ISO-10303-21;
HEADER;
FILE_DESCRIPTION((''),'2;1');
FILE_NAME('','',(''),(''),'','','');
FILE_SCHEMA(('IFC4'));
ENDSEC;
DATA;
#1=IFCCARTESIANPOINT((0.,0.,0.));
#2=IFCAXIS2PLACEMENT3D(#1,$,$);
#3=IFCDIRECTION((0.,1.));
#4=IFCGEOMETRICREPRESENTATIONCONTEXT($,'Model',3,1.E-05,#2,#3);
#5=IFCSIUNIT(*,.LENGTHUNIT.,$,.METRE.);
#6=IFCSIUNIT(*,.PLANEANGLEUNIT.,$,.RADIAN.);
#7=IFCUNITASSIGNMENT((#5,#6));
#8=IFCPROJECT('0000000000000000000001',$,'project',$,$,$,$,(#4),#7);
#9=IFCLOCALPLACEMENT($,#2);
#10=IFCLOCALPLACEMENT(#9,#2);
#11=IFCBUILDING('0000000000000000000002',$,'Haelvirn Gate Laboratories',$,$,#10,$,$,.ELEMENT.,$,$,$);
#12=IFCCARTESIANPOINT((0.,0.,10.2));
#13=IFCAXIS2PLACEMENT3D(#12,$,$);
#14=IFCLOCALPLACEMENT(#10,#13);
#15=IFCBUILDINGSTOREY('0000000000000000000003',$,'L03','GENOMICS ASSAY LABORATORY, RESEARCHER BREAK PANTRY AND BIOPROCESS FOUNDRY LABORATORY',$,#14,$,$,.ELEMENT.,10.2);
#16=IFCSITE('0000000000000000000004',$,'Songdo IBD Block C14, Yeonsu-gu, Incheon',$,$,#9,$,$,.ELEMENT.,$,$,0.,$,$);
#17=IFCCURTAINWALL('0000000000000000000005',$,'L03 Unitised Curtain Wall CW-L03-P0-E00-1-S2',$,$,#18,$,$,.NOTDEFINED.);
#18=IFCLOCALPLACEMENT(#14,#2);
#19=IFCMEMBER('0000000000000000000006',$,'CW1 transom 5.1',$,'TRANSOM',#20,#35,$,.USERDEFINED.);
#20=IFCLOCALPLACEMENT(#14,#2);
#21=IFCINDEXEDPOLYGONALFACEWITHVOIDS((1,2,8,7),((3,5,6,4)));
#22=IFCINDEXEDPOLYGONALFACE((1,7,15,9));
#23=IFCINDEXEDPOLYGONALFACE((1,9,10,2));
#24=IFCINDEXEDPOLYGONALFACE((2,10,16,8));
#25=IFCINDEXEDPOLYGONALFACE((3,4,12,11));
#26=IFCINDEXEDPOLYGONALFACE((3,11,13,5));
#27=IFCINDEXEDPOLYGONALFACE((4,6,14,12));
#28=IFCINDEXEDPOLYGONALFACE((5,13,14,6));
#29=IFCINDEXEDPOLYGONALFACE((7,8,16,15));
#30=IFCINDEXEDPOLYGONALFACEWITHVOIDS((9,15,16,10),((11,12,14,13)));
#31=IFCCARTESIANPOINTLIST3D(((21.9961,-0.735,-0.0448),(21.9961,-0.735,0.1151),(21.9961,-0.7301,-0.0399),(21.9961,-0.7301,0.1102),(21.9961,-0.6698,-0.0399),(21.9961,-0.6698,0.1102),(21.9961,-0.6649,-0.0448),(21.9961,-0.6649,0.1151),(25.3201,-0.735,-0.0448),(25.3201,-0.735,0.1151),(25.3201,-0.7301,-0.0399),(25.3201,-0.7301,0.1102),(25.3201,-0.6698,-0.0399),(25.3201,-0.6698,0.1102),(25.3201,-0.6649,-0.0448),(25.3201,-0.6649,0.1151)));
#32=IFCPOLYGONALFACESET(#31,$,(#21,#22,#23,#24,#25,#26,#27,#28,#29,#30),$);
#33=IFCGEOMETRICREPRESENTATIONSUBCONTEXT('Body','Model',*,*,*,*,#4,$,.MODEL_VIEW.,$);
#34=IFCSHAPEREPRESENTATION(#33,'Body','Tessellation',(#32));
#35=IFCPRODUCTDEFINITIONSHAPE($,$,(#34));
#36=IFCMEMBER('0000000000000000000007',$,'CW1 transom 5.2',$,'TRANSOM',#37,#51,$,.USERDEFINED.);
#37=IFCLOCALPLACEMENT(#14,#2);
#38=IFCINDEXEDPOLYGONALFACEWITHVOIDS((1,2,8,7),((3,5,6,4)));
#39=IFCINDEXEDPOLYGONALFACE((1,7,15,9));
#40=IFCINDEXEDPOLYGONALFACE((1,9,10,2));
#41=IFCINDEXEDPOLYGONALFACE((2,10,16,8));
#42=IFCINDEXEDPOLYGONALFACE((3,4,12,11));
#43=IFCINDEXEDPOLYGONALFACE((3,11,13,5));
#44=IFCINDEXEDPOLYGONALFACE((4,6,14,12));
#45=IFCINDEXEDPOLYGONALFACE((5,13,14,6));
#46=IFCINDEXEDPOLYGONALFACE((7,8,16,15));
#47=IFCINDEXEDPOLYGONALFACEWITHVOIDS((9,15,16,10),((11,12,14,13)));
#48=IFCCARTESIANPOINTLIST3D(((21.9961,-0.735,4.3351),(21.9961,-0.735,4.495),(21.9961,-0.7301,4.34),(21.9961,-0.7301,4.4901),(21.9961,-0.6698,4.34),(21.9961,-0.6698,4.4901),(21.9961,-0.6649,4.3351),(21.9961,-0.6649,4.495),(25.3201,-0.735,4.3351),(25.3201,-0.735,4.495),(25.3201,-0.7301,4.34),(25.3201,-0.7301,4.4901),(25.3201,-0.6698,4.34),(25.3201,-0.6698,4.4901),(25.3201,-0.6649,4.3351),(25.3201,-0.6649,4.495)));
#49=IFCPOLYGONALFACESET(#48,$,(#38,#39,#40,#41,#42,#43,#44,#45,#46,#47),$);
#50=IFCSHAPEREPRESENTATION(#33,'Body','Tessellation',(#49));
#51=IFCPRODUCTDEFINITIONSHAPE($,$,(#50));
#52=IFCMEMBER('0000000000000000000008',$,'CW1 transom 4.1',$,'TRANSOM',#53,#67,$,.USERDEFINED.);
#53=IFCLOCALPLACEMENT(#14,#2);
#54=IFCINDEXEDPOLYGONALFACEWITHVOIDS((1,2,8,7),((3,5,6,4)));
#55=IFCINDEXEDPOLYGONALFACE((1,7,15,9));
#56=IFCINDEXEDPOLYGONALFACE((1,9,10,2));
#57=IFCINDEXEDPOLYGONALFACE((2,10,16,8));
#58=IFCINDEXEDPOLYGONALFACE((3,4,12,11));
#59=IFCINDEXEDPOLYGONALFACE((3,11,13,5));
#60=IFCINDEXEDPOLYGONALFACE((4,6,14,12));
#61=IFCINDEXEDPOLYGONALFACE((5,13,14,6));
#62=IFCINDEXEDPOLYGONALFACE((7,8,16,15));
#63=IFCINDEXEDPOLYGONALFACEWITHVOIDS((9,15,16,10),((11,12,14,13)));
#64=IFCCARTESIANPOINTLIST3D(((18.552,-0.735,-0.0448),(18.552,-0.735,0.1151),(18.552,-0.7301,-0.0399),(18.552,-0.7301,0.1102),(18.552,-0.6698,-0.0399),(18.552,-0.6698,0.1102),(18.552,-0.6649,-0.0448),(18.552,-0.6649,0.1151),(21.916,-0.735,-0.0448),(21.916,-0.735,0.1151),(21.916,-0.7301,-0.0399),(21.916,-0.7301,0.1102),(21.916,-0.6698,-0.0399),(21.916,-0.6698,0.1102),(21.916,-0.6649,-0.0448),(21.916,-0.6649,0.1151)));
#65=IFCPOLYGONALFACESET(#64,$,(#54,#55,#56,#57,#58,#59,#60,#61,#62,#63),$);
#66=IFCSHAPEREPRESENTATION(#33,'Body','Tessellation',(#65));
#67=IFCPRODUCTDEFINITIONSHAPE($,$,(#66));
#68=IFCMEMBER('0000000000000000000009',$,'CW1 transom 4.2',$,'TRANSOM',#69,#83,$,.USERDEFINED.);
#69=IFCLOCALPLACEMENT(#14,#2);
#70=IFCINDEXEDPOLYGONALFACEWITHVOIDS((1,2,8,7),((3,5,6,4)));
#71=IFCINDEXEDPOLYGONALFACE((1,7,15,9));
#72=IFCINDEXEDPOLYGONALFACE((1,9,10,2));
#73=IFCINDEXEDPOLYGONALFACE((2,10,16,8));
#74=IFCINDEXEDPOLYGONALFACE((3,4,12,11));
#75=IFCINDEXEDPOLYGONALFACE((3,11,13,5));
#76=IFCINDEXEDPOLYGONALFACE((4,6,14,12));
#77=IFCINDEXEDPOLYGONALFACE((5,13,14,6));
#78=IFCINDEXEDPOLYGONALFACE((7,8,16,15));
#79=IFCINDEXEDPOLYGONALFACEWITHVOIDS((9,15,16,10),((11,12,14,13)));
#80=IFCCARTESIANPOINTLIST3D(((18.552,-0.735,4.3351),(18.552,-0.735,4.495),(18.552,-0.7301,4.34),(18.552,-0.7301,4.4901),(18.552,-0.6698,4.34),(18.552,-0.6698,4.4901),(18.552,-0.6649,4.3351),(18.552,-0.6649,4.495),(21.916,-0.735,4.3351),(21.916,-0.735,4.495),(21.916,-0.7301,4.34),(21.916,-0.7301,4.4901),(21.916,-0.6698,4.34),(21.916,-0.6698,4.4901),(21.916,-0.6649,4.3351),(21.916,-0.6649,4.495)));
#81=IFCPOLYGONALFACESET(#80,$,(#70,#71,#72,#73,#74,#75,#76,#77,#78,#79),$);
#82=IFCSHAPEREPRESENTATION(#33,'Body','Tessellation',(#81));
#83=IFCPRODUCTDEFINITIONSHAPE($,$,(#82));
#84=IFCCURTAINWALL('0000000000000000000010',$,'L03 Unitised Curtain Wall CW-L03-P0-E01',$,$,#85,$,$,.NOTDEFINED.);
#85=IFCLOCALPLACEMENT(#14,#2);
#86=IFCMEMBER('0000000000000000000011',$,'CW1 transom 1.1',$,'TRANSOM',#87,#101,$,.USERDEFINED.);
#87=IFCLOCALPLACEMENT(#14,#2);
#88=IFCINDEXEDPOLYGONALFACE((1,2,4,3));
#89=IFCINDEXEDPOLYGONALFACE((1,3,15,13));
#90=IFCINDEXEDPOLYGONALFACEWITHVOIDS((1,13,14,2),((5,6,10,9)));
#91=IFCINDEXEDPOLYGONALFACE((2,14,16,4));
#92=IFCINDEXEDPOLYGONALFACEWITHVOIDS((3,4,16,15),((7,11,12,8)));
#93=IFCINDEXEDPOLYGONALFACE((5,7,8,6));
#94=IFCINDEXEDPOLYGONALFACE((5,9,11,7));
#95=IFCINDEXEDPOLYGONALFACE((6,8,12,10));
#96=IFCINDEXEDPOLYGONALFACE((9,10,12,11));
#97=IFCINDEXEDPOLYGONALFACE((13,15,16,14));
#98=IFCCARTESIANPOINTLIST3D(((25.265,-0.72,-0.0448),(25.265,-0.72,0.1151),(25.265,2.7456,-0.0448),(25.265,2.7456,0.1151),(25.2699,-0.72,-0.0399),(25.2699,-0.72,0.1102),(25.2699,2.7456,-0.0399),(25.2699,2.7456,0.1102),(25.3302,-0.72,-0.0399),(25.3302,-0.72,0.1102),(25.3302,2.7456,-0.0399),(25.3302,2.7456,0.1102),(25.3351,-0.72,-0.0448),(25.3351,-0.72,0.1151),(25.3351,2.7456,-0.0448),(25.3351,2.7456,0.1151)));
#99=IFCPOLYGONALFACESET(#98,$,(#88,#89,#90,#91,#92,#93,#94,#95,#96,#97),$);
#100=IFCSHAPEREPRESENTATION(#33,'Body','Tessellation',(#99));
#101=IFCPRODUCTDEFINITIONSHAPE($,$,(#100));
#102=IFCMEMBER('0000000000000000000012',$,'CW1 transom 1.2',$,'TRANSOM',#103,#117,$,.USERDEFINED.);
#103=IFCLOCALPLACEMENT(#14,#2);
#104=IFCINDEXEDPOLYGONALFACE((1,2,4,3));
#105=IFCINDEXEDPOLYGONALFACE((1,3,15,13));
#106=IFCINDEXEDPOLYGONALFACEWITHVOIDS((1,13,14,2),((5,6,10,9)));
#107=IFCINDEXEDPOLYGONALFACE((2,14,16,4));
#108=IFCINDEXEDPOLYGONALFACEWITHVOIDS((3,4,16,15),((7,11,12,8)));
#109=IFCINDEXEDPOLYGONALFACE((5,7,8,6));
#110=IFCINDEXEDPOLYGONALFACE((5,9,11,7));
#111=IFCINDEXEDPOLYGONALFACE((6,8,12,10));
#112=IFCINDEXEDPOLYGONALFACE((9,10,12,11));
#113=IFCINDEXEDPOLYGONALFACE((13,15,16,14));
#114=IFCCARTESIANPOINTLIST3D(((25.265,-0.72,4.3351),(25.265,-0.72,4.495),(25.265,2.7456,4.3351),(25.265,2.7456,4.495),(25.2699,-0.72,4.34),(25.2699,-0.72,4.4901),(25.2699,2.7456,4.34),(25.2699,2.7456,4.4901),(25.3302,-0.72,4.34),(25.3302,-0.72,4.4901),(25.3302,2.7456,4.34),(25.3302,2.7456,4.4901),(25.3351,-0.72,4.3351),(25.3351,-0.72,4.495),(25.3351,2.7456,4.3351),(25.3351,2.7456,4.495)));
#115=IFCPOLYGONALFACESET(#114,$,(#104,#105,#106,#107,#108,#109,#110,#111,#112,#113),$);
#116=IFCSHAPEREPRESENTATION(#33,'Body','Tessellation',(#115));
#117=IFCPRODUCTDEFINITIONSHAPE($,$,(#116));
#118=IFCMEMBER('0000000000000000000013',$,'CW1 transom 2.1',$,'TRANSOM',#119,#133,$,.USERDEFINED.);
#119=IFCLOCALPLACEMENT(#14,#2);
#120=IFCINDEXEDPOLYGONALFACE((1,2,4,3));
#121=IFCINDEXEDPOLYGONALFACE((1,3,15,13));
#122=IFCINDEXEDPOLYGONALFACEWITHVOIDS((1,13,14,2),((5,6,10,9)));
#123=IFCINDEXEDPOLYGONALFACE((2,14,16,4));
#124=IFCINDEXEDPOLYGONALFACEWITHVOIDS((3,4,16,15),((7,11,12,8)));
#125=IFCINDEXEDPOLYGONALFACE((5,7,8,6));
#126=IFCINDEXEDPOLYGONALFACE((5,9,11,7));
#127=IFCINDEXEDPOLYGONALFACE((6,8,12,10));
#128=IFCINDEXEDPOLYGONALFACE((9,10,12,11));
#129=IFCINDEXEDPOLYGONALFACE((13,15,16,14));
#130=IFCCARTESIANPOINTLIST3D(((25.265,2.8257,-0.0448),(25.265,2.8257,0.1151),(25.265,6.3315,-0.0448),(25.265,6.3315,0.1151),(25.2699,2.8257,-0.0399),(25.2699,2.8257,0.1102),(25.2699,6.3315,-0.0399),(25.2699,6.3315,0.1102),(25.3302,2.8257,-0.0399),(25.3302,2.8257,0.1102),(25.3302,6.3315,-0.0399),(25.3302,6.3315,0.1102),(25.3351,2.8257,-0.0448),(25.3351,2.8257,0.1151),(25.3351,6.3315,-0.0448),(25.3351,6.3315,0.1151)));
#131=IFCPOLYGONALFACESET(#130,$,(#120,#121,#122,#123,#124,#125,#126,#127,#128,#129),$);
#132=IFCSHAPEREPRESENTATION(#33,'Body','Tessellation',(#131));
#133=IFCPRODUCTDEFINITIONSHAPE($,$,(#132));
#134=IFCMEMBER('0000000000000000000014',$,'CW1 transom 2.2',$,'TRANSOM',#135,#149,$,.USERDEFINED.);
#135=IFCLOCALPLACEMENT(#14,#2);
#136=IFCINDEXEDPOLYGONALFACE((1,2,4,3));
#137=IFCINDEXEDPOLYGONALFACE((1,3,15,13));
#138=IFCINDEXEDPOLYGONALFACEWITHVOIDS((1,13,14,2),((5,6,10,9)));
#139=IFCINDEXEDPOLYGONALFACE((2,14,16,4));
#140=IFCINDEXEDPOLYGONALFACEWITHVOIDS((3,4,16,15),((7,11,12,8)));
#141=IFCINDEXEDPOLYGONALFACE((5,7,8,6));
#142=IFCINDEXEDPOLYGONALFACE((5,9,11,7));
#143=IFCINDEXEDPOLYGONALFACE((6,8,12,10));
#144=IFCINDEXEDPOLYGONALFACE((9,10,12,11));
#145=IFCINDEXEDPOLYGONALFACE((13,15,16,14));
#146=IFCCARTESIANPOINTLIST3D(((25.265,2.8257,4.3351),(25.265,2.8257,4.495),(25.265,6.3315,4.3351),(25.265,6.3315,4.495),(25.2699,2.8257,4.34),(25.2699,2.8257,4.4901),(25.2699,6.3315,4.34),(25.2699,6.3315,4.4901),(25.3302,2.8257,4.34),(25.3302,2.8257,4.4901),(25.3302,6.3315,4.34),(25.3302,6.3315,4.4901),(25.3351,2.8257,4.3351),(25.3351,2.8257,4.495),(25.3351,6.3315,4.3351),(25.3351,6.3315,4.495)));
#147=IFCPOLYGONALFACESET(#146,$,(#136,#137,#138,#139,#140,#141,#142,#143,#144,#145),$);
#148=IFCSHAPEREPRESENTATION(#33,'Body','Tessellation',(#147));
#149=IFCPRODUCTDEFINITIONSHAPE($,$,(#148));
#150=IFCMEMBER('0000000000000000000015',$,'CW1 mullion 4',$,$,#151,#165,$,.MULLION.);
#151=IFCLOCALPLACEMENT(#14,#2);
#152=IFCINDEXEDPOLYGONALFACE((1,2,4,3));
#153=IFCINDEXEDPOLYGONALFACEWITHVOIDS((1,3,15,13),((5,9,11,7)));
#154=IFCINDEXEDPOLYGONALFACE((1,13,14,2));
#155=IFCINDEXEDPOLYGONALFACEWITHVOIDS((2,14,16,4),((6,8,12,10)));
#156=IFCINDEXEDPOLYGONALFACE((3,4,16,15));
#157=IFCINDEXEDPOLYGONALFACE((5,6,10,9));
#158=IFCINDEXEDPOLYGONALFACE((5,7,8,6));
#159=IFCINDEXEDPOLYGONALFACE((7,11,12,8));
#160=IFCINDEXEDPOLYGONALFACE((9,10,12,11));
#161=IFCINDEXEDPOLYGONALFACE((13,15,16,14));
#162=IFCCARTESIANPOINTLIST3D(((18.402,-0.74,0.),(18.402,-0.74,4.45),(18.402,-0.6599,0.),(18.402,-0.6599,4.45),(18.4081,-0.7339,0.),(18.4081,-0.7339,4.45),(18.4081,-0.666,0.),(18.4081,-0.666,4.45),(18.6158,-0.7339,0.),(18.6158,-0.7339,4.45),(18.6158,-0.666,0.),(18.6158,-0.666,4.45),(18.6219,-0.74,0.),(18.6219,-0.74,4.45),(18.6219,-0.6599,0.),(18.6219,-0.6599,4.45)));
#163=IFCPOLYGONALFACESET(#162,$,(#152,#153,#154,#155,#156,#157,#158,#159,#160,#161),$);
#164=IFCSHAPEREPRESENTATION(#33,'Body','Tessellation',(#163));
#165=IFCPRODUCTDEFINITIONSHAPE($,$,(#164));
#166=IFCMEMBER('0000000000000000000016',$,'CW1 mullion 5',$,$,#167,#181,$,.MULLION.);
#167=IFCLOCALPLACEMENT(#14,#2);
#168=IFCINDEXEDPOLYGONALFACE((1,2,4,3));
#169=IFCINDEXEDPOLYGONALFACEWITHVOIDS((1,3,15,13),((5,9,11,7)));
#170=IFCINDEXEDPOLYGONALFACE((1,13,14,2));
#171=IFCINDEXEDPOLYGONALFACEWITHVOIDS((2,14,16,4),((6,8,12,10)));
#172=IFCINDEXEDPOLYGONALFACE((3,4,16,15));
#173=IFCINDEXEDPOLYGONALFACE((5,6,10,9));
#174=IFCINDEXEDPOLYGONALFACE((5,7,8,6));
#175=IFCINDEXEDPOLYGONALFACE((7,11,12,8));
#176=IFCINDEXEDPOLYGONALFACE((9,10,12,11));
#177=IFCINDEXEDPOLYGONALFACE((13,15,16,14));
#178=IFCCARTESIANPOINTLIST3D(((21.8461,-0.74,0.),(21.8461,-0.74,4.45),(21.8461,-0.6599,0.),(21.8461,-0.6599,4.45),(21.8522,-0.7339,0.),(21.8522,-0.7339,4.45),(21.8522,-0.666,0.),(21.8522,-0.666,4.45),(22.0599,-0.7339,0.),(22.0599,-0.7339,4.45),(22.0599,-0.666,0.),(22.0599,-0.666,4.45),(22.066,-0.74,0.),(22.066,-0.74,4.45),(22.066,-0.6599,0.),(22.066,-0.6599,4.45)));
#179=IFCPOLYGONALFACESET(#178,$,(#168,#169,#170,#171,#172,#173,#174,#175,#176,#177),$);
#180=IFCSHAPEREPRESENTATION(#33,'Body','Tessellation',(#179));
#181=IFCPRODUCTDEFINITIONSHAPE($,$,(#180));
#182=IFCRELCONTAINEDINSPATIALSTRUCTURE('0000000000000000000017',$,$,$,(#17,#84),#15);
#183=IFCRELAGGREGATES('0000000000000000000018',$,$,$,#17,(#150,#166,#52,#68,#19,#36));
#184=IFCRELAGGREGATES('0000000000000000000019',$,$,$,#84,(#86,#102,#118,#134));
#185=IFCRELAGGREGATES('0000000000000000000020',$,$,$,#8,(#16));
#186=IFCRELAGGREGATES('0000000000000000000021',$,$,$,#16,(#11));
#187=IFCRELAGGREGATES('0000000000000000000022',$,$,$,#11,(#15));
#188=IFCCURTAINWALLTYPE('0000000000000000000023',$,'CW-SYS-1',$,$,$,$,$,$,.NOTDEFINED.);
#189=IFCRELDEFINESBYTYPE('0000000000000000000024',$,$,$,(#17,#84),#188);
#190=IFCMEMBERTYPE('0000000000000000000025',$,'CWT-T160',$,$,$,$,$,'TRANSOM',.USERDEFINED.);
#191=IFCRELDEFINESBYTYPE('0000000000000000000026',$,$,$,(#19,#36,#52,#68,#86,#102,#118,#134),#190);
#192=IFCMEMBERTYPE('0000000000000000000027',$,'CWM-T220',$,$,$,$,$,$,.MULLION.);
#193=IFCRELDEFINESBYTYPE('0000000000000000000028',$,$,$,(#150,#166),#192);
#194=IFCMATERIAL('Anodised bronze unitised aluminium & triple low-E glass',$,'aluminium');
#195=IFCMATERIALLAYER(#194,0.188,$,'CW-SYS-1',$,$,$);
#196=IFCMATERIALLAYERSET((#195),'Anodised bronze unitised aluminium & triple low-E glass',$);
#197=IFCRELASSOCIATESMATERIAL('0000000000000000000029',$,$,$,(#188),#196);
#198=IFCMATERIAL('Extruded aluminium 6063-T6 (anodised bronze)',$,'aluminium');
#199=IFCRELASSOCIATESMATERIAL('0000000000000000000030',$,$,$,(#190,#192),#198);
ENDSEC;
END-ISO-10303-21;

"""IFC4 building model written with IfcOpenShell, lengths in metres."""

from ifc_helpers import new_model, si_unit, direction, frame, origin, origin_2d, place, context, subcontext, project, spatial, hollow_rectangle, extrude, source, transform, mapped, material, layer, layer_set, material_profile, profile_set, type_object, type_shapes, element, aggregate, save


model = new_model("IFC4")

# Units and contexts
model_context = context("Model", 3, precision=1e-05, world=origin(), true_north=direction((0.0, 1.0)))
body_context = subcontext(model_context, "Body", "Model", "MODEL_VIEW")
ifc_project = project(units=[si_unit("LENGTHUNIT", "METRE"), si_unit("PLANEANGLEUNIT", "RADIAN")], contexts=[model_context])

# Site, building, storey
site_placement = place(None, origin())
site = spatial("IfcSite", under=ifc_project, at=site_placement, Name="Songdo IBD Block C14, Yeonsu-gu, Incheon", CompositionType="ELEMENT", RefElevation=0.0)
building_placement = place(site_placement, origin())
building = spatial("IfcBuilding", under=site, at=building_placement, Name="Haelvirn Gate Laboratories", CompositionType="ELEMENT")
storey_placement = place(building_placement, frame((0.0, 0.0, 10.2)))
storey = spatial("IfcBuildingStorey", under=building, at=storey_placement, Name="L03", Description="GENOMICS ASSAY LABORATORY, RESEARCHER BREAK PANTRY AND BIOPROCESS FOUNDRY LABORATORY", CompositionType="ELEMENT", Elevation=10.2)

# Curtain walls, members
ifc_material_1 = material(Name="Anodised bronze unitised aluminium & triple low-E glass", Category="aluminium")
ifc_layer_1 = layer(ifc_material_1, 0.188, Name="CW-SYS-1")
ifc_layer_set_1 = layer_set([ifc_layer_1], Name="Anodised bronze unitised aluminium & triple low-E glass")
curtain_wall_type = type_object("IfcCurtainWallType", Name="CW-SYS-1", PredefinedType="NOTDEFINED", material=ifc_layer_set_1)
curtain_wall_1_placement = place(storey_placement, origin())
curtain_wall_1 = element("IfcCurtainWall", 1, at=curtain_wall_1_placement, inside=storey, type_object=curtain_wall_type, Name="L03 Unitised Curtain Wall CW-L03-P0-E00-1-S2", PredefinedType="NOTDEFINED")
ifc_material_2 = material(Name="Extruded aluminium 6063-T6 (anodised bronze)", Category="aluminium")
ifc_material_profile_1 = material_profile(ifc_material_2, hollow_rectangle(XDim=0.0701, YDim=0.1599, WallThickness=0.0049, at=origin_2d()), Name="CWT-160x70x5")
ifc_profile_set_1 = profile_set([ifc_material_profile_1], Name="Extruded aluminium 6063-T6 (anodised bronze)")
member_type_1 = type_object("IfcMemberType", Name="CWT-T160", ElementType="TRANSOM", PredefinedType="USERDEFINED", material=ifc_profile_set_1)
shared_shape_1 = source(origin(), body_context, "Body", "SweptSolid", [
    extrude(hollow_rectangle(XDim=0.0701, YDim=0.1599, WallThickness=0.0049, at=origin_2d()), origin(), (0.0, 0.0, 1.0), 3.324),
])
member_1_placement = place(storey_placement, frame((21.9961, -0.7, 0.0352), z_axis=(1.0, 0.0, 0.0), x_axis=(0.0, 1.0, 0.0)))
member_1 = element("IfcMember", 2, at=member_1_placement, type_object=member_type_1, Name="CW1 transom 5.1", ObjectType="TRANSOM", PredefinedType="USERDEFINED", context=body_context, shape_type="MappedRepresentation", body=[
    mapped(shared_shape_1, transform((0.0, 0.0, 0.0), scale=1.0)),
])
member_2_placement = place(storey_placement, frame((21.9961, -0.7, 4.415), z_axis=(1.0, 0.0, 0.0), x_axis=(0.0, 1.0, 0.0)))
member_2 = element("IfcMember", 3, at=member_2_placement, type_object=member_type_1, Name="CW1 transom 5.2", ObjectType="TRANSOM", PredefinedType="USERDEFINED", context=body_context, shape_type="MappedRepresentation", body=[
    mapped(shared_shape_1, transform((0.0, 0.0, 0.0), scale=1.0)),
])
shared_shape_2 = source(origin(), body_context, "Body", "SweptSolid", [
    extrude(hollow_rectangle(XDim=0.0701, YDim=0.1599, WallThickness=0.0049, at=origin_2d()), origin(), (0.0, 0.0, 1.0), 3.364),
])
member_3_placement = place(storey_placement, frame((18.552, -0.7, 0.0352), z_axis=(1.0, 0.0, 0.0), x_axis=(0.0, 1.0, 0.0)))
member_3 = element("IfcMember", 4, at=member_3_placement, type_object=member_type_1, Name="CW1 transom 4.1", ObjectType="TRANSOM", PredefinedType="USERDEFINED", context=body_context, shape_type="MappedRepresentation", body=[
    mapped(shared_shape_2, transform((0.0, 0.0, 0.0), scale=1.0)),
])
member_4_placement = place(storey_placement, frame((18.552, -0.7, 4.415), z_axis=(1.0, 0.0, 0.0), x_axis=(0.0, 1.0, 0.0)))
member_4 = element("IfcMember", 5, at=member_4_placement, type_object=member_type_1, Name="CW1 transom 4.2", ObjectType="TRANSOM", PredefinedType="USERDEFINED", context=body_context, shape_type="MappedRepresentation", body=[
    mapped(shared_shape_2, transform((0.0, 0.0, 0.0), scale=1.0)),
])
curtain_wall_2_placement = place(storey_placement, origin())
curtain_wall_2 = element("IfcCurtainWall", 6, at=curtain_wall_2_placement, inside=storey, type_object=curtain_wall_type, Name="L03 Unitised Curtain Wall CW-L03-P0-E01", PredefinedType="NOTDEFINED")
shared_shape_3 = source(origin(), body_context, "Body", "SweptSolid", [
    extrude(hollow_rectangle(XDim=0.0701, YDim=0.1599, WallThickness=0.0049, at=origin_2d()), origin(), (0.0, 0.0, 1.0), 3.4656),
])
member_5_placement = place(storey_placement, frame((25.3, -0.72, 0.0352), z_axis=(0.0, 1.0, 0.0), x_axis=(-1.0, 0.0, 0.0)))
member_5 = element("IfcMember", 7, at=member_5_placement, type_object=member_type_1, Name="CW1 transom 1.1", ObjectType="TRANSOM", PredefinedType="USERDEFINED", context=body_context, shape_type="MappedRepresentation", body=[
    mapped(shared_shape_3, transform((0.0, 0.0, 0.0), scale=1.0)),
])
member_6_placement = place(storey_placement, frame((25.3, -0.72, 4.415), z_axis=(0.0, 1.0, 0.0), x_axis=(-1.0, 0.0, 0.0)))
member_6 = element("IfcMember", 8, at=member_6_placement, type_object=member_type_1, Name="CW1 transom 1.2", ObjectType="TRANSOM", PredefinedType="USERDEFINED", context=body_context, shape_type="MappedRepresentation", body=[
    mapped(shared_shape_3, transform((0.0, 0.0, 0.0), scale=1.0)),
])
shared_shape_4 = source(origin(), body_context, "Body", "SweptSolid", [
    extrude(hollow_rectangle(XDim=0.0701, YDim=0.1599, WallThickness=0.0049, at=origin_2d()), origin(), (0.0, 0.0, 1.0), 3.5059),
])
type_shapes(member_type_1, [shared_shape_1, shared_shape_2, shared_shape_3, shared_shape_4])
member_7_placement = place(storey_placement, frame((25.3, 2.8257, 0.0352), z_axis=(0.0, 1.0, 0.0), x_axis=(-1.0, 0.0, 0.0)))
member_7 = element("IfcMember", 9, at=member_7_placement, type_object=member_type_1, Name="CW1 transom 2.1", ObjectType="TRANSOM", PredefinedType="USERDEFINED", context=body_context, shape_type="MappedRepresentation", body=[
    mapped(shared_shape_4, transform((0.0, 0.0, 0.0), scale=1.0)),
])
member_8_placement = place(storey_placement, frame((25.3, 2.8257, 4.415), z_axis=(0.0, 1.0, 0.0), x_axis=(-1.0, 0.0, 0.0)))
member_8 = element("IfcMember", 10, at=member_8_placement, type_object=member_type_1, Name="CW1 transom 2.2", ObjectType="TRANSOM", PredefinedType="USERDEFINED", context=body_context, shape_type="MappedRepresentation", body=[
    mapped(shared_shape_4, transform((0.0, 0.0, 0.0), scale=1.0)),
])

# Members
ifc_material_profile_2 = material_profile(ifc_material_2, hollow_rectangle(XDim=0.0801, YDim=0.22, WallThickness=0.0061, at=origin_2d()), Name="CWM-220x80x6")
ifc_profile_set_2 = profile_set([ifc_material_profile_2], Name="Extruded aluminium 6063-T6 (anodised bronze)")
member_type_2 = type_object("IfcMemberType", Name="CWM-T220", PredefinedType="MULLION", material=ifc_profile_set_2)
shared_shape_5 = source(origin(), body_context, "Body", "SweptSolid", [
    extrude(hollow_rectangle(XDim=0.0801, YDim=0.22, WallThickness=0.0061, at=origin_2d()), origin(), (0.0, 0.0, 1.0), 4.45),
])
type_shapes(member_type_2, [shared_shape_5])
member_9_placement = place(storey_placement, frame((18.512, -0.7, 0.0), z_axis=(0.0, 0.0, 1.0), x_axis=(0.0, 1.0, 0.0)))
member_9 = element("IfcMember", 11, at=member_9_placement, type_object=member_type_2, Name="CW1 mullion 4", PredefinedType="MULLION", context=body_context, shape_type="MappedRepresentation", body=[
    mapped(shared_shape_5, transform((0.0, 0.0, 0.0), scale=1.0)),
])
member_10_placement = place(storey_placement, frame((21.9561, -0.7, 0.0), z_axis=(0.0, 0.0, 1.0), x_axis=(0.0, 1.0, 0.0)))
member_10 = element("IfcMember", 12, at=member_10_placement, type_object=member_type_2, Name="CW1 mullion 5", PredefinedType="MULLION", context=body_context, shape_type="MappedRepresentation", body=[
    mapped(shared_shape_5, transform((0.0, 0.0, 0.0), scale=1.0)),
])

aggregate(curtain_wall_1, [member_9, member_10, member_3, member_4, member_1, member_2])
aggregate(curtain_wall_2, [member_5, member_6, member_7, member_8])

save(model, "model.ifc")
